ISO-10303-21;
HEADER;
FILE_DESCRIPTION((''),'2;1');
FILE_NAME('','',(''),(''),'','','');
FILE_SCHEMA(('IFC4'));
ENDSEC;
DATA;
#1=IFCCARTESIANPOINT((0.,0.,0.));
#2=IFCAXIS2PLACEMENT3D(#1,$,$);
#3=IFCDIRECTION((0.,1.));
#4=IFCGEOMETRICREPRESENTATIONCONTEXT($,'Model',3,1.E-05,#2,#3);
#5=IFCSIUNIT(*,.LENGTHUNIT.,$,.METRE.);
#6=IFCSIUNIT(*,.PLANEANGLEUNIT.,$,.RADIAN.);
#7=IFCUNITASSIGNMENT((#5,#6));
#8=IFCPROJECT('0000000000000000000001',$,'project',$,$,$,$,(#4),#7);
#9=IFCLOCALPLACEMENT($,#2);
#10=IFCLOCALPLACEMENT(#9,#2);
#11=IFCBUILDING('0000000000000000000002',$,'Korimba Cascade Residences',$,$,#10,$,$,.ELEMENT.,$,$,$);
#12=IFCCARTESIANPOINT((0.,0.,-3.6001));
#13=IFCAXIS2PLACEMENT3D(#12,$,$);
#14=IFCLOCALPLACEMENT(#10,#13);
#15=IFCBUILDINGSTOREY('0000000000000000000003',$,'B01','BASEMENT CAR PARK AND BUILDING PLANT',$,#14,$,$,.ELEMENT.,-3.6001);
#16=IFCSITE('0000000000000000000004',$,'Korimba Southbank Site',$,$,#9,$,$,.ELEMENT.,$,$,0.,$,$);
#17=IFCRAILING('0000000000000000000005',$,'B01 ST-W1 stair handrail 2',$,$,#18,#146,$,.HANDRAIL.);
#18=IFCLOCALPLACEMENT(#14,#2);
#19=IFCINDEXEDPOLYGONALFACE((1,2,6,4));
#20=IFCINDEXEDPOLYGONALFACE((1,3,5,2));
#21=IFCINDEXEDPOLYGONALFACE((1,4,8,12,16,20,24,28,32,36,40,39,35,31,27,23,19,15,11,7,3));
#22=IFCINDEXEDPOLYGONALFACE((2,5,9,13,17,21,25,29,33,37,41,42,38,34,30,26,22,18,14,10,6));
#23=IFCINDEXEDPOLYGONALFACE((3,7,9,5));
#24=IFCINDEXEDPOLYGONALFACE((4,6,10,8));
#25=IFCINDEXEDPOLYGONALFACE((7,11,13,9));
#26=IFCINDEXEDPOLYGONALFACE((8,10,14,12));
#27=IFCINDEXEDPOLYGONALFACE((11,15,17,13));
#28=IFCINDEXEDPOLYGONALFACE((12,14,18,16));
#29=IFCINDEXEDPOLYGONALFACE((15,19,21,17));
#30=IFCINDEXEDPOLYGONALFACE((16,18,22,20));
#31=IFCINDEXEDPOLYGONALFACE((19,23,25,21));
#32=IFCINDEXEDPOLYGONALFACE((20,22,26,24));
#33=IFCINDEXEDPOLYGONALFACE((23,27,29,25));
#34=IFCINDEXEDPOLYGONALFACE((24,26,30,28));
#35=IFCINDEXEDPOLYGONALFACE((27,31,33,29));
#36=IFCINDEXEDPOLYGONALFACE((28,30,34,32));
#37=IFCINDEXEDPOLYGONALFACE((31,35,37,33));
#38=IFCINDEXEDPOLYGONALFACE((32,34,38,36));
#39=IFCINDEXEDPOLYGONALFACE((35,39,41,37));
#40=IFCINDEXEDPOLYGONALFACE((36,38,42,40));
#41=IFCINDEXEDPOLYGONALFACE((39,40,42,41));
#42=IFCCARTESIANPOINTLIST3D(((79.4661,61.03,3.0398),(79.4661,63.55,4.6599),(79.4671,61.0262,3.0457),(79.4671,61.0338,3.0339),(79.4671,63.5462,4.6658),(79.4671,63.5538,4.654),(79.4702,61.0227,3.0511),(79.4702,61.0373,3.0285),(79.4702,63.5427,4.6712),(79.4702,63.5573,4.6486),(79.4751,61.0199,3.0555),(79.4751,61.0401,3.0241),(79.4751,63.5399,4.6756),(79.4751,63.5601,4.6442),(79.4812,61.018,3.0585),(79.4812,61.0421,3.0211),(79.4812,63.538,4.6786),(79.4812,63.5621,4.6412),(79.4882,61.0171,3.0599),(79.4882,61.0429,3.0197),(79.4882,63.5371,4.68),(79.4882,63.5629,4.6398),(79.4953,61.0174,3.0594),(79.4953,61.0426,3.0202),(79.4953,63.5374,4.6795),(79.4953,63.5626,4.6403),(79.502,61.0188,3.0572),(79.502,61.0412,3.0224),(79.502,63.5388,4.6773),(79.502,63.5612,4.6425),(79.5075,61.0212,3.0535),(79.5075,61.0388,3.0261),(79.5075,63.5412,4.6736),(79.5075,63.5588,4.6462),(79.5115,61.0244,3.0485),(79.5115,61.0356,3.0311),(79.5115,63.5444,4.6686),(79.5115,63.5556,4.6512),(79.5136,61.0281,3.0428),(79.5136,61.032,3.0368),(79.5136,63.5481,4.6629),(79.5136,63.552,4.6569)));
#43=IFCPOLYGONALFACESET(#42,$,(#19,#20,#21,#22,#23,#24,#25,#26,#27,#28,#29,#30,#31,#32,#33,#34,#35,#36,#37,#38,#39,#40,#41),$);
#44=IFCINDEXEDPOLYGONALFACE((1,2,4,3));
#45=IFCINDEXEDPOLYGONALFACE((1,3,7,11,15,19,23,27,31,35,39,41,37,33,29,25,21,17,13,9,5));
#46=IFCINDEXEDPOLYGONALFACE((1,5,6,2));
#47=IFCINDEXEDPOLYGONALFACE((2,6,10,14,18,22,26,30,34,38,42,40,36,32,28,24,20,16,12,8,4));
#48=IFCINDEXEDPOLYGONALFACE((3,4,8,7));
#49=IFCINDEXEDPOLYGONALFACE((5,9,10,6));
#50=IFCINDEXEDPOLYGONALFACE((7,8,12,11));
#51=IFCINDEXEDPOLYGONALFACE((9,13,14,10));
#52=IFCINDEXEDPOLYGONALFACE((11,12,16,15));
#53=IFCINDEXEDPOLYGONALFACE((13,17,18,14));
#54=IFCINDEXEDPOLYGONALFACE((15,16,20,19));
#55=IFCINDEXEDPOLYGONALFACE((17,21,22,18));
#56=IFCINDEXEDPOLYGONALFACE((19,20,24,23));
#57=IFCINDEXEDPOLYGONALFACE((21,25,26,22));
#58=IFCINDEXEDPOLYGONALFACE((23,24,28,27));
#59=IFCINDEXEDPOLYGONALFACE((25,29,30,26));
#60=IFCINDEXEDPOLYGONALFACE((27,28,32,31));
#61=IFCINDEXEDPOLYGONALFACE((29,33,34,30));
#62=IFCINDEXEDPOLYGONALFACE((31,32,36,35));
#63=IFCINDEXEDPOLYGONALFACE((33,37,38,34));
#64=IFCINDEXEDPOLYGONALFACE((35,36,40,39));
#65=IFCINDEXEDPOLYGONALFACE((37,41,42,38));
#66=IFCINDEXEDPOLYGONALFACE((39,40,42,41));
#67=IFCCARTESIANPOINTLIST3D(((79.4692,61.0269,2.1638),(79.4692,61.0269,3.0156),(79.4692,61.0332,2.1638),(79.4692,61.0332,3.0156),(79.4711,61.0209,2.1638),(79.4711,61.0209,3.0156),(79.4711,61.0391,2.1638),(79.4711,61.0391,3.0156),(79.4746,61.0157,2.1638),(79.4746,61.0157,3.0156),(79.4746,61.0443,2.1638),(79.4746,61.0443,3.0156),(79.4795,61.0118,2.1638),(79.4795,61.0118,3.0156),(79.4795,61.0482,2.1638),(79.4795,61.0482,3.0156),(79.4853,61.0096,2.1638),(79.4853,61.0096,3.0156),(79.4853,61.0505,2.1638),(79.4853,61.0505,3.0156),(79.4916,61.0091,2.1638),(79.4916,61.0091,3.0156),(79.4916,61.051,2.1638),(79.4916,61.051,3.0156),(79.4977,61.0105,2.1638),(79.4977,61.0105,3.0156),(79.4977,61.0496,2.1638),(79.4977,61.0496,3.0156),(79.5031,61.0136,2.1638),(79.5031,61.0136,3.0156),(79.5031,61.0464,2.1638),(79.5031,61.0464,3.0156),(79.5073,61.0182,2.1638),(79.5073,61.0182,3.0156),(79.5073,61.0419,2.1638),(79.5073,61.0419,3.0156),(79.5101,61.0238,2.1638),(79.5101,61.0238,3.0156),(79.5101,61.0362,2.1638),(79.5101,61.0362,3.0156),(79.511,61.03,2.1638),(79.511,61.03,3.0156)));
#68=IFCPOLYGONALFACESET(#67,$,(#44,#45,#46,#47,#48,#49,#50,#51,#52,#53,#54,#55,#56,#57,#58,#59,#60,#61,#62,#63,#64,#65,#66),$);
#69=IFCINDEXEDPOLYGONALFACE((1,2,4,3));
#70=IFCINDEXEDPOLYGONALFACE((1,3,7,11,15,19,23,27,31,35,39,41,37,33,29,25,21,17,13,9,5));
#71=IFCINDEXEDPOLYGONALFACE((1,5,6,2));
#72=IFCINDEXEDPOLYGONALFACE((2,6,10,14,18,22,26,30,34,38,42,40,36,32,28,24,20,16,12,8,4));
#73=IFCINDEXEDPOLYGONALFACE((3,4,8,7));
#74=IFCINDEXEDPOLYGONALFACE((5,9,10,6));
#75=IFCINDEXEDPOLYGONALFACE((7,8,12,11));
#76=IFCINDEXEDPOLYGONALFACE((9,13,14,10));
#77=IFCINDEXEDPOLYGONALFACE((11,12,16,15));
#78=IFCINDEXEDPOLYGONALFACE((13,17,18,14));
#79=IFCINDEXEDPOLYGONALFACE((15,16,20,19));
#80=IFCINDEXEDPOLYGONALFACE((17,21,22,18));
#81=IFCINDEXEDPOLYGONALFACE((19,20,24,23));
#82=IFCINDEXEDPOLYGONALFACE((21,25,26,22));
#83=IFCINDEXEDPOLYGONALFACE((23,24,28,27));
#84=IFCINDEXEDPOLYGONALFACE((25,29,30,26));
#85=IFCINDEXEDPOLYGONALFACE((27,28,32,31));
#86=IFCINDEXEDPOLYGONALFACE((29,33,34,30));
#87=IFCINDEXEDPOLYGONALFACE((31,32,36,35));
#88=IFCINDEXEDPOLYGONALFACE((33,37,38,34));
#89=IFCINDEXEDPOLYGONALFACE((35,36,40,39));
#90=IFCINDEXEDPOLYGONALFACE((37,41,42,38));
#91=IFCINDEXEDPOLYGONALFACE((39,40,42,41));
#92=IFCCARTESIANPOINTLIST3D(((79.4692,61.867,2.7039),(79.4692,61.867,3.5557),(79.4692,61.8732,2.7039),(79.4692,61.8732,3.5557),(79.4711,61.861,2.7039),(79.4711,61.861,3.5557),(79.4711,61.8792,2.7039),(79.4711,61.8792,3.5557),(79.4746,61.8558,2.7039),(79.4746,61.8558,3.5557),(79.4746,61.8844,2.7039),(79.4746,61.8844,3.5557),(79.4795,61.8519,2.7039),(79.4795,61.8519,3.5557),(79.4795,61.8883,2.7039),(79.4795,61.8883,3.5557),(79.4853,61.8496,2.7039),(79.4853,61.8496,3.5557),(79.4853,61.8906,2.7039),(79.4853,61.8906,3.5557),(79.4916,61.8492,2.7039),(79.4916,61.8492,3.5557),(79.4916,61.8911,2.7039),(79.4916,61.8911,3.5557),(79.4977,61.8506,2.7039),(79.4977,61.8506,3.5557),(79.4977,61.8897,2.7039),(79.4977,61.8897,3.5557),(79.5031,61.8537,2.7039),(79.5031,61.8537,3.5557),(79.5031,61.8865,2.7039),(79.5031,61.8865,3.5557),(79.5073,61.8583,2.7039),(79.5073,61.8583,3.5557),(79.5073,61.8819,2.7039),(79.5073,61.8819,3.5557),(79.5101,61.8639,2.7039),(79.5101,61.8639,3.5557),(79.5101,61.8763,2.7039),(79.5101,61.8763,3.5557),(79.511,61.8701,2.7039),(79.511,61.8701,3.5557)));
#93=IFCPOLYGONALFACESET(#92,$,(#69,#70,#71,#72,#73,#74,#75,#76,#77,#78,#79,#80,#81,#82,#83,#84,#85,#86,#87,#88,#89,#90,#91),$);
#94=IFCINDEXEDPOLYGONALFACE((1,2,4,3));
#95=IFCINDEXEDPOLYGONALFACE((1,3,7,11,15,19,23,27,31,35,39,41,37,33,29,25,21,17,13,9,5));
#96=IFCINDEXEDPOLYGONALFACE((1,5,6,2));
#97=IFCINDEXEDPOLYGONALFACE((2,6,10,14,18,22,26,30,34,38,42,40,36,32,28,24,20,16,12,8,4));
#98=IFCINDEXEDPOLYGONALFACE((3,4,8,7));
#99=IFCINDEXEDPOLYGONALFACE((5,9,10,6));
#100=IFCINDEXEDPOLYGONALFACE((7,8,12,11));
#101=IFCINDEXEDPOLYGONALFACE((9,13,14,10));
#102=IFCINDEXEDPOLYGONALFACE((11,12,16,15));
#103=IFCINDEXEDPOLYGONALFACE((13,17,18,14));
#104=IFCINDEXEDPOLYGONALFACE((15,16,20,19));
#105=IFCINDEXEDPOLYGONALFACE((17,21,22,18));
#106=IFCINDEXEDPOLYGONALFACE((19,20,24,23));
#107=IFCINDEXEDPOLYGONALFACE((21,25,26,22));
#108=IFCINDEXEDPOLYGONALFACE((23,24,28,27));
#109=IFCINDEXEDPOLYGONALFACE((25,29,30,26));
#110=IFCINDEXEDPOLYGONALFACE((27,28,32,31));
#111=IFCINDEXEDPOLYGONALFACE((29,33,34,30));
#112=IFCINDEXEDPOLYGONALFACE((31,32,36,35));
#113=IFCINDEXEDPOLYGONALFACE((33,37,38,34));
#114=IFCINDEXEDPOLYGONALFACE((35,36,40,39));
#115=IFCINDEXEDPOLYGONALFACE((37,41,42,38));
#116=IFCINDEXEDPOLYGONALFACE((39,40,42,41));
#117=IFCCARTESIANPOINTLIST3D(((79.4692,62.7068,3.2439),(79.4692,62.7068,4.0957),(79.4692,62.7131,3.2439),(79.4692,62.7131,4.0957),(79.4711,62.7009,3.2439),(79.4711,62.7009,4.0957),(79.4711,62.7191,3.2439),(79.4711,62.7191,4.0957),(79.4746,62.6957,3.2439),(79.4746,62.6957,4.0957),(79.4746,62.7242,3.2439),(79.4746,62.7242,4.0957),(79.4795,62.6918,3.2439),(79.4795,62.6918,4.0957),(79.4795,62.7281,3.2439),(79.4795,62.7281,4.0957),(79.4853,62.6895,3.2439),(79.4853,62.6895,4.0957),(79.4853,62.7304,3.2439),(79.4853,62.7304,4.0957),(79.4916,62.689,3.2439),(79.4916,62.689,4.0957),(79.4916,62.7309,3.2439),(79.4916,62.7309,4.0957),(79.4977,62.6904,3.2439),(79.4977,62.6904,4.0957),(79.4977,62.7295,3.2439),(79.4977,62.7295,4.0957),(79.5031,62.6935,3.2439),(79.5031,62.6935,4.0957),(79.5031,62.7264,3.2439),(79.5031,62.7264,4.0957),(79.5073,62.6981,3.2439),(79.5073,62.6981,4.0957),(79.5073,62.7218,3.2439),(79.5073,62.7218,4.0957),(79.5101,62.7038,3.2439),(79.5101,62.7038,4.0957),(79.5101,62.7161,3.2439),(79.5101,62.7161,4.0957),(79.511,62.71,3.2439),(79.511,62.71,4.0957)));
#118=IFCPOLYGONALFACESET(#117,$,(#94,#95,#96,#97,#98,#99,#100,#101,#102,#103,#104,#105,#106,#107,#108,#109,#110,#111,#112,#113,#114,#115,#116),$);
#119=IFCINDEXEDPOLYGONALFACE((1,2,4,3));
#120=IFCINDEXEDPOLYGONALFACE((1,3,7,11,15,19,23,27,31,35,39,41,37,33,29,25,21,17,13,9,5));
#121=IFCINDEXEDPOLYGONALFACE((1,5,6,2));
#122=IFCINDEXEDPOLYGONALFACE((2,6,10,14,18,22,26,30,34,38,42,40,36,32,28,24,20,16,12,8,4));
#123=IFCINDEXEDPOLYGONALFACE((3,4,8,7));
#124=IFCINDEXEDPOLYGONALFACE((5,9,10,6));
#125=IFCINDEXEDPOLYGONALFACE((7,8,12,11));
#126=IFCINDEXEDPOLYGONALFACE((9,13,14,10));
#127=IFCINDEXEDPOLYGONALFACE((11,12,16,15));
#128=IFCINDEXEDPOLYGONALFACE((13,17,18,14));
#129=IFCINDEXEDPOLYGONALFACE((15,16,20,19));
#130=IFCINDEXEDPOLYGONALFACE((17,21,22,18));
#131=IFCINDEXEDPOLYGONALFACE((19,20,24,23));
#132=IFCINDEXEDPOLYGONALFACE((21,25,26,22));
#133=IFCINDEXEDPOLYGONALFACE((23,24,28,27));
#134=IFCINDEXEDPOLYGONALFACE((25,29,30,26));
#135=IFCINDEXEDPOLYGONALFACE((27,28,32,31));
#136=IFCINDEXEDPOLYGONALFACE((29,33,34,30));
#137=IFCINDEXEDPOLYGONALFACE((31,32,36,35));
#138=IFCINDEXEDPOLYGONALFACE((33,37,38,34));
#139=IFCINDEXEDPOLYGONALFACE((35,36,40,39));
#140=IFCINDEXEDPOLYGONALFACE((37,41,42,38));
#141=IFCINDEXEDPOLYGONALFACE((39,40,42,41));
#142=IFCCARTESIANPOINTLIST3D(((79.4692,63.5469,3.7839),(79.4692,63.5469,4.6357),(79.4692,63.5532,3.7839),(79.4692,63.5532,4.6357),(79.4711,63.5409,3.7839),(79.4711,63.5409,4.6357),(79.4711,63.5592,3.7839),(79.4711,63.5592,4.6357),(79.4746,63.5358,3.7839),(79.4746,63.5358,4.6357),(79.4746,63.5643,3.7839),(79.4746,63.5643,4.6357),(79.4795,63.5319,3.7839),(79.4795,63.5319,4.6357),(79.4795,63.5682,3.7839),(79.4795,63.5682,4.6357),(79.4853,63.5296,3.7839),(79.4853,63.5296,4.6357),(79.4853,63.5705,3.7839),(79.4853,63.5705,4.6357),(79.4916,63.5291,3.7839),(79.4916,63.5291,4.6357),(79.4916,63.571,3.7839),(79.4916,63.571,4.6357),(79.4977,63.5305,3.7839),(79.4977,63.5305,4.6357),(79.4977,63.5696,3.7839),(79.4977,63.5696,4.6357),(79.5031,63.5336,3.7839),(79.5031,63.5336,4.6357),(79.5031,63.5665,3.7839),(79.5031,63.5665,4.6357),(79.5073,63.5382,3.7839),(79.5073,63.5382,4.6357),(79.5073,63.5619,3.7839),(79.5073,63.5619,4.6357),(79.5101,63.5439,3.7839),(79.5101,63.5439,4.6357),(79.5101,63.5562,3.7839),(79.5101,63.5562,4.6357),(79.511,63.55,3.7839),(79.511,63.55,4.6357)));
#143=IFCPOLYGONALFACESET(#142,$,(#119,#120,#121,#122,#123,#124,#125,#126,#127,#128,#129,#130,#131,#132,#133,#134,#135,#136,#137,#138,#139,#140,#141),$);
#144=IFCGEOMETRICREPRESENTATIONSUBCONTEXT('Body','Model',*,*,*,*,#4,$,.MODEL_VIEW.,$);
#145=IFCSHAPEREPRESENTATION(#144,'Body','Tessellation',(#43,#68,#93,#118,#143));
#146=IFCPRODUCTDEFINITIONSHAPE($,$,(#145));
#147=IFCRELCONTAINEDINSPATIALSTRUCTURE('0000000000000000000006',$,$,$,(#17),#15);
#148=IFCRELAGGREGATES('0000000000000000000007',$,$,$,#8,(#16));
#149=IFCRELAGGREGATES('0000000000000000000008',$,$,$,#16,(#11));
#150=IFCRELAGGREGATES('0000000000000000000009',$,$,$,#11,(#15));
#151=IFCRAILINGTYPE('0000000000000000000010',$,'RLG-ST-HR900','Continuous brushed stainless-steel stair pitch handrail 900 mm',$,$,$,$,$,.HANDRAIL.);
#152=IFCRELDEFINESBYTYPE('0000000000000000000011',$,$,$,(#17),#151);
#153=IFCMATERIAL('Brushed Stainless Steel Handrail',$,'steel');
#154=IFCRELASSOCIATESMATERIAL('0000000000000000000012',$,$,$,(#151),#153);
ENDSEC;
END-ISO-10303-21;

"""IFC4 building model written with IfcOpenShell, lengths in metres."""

from ifc_helpers import new_model, si_unit, direction, frame, origin, origin_2d, place, context, subcontext, project, spatial, circle, extrude, material, type_object, element, save


model = new_model("IFC4")

# Units and contexts
model_context = context("Model", 3, precision=1e-05, world=origin(), true_north=direction((0.0, 1.0)))
body_context = subcontext(model_context, "Body", "Model", "MODEL_VIEW")
ifc_project = project(units=[si_unit("LENGTHUNIT", "METRE"), si_unit("PLANEANGLEUNIT", "RADIAN")], contexts=[model_context])

# Site, building, storey
site_placement = place(None, origin())
site = spatial("IfcSite", under=ifc_project, at=site_placement, Name="Korimba Southbank Site", CompositionType="ELEMENT", RefElevation=0.0)
building_placement = place(site_placement, origin())
building = spatial("IfcBuilding", under=site, at=building_placement, Name="Korimba Cascade Residences", CompositionType="ELEMENT")
storey_placement = place(building_placement, frame((0.0, 0.0, -3.6001)))
storey = spatial("IfcBuildingStorey", under=building, at=storey_placement, Name="B01", Description="BASEMENT CAR PARK AND BUILDING PLANT", CompositionType="ELEMENT", Elevation=-3.6001)

# Railing
ifc_material_1 = material(Name="Brushed Stainless Steel Handrail", Category="steel")
railing_type_1 = type_object("IfcRailingType", Name="RLG-ST-HR900", Description="Continuous brushed stainless-steel stair pitch handrail 900 mm", PredefinedType="HANDRAIL", material=ifc_material_1)
railing_1_placement = place(storey_placement, frame((79.49, 61.03, 2.1638)))
element("IfcRailing", 1, at=railing_1_placement, inside=storey, type_object=railing_type_1, Name="B01 ST-W1 stair handrail 2", PredefinedType="HANDRAIL", context=body_context, shape_type="SweptSolid", body=[
    extrude(circle(Radius=0.0239, at=origin_2d()), frame((0.0, 0.0, 0.876), z_axis=(0.0, 0.841163, 0.540782), x_axis=(-1.0, 0.0, 0.0)), (0.0, 0.0, 1.0), 2.9958),
    extrude(circle(Radius=0.021, at=origin_2d()), origin(), (0.0, 0.0, 1.0), 0.8518),
    extrude(circle(Radius=0.021, at=origin_2d()), frame((0.0, 0.8401, 0.54)), (0.0, 0.0, 1.0), 0.8518),
    extrude(circle(Radius=0.021, at=origin_2d()), frame((0.0, 1.6799, 1.0801)), (0.0, 0.0, 1.0), 0.8518),
    extrude(circle(Radius=0.021, at=origin_2d()), frame((0.0, 2.52, 1.6201)), (0.0, 0.0, 1.0), 0.8518),
])

save(model, "model.ifc")
